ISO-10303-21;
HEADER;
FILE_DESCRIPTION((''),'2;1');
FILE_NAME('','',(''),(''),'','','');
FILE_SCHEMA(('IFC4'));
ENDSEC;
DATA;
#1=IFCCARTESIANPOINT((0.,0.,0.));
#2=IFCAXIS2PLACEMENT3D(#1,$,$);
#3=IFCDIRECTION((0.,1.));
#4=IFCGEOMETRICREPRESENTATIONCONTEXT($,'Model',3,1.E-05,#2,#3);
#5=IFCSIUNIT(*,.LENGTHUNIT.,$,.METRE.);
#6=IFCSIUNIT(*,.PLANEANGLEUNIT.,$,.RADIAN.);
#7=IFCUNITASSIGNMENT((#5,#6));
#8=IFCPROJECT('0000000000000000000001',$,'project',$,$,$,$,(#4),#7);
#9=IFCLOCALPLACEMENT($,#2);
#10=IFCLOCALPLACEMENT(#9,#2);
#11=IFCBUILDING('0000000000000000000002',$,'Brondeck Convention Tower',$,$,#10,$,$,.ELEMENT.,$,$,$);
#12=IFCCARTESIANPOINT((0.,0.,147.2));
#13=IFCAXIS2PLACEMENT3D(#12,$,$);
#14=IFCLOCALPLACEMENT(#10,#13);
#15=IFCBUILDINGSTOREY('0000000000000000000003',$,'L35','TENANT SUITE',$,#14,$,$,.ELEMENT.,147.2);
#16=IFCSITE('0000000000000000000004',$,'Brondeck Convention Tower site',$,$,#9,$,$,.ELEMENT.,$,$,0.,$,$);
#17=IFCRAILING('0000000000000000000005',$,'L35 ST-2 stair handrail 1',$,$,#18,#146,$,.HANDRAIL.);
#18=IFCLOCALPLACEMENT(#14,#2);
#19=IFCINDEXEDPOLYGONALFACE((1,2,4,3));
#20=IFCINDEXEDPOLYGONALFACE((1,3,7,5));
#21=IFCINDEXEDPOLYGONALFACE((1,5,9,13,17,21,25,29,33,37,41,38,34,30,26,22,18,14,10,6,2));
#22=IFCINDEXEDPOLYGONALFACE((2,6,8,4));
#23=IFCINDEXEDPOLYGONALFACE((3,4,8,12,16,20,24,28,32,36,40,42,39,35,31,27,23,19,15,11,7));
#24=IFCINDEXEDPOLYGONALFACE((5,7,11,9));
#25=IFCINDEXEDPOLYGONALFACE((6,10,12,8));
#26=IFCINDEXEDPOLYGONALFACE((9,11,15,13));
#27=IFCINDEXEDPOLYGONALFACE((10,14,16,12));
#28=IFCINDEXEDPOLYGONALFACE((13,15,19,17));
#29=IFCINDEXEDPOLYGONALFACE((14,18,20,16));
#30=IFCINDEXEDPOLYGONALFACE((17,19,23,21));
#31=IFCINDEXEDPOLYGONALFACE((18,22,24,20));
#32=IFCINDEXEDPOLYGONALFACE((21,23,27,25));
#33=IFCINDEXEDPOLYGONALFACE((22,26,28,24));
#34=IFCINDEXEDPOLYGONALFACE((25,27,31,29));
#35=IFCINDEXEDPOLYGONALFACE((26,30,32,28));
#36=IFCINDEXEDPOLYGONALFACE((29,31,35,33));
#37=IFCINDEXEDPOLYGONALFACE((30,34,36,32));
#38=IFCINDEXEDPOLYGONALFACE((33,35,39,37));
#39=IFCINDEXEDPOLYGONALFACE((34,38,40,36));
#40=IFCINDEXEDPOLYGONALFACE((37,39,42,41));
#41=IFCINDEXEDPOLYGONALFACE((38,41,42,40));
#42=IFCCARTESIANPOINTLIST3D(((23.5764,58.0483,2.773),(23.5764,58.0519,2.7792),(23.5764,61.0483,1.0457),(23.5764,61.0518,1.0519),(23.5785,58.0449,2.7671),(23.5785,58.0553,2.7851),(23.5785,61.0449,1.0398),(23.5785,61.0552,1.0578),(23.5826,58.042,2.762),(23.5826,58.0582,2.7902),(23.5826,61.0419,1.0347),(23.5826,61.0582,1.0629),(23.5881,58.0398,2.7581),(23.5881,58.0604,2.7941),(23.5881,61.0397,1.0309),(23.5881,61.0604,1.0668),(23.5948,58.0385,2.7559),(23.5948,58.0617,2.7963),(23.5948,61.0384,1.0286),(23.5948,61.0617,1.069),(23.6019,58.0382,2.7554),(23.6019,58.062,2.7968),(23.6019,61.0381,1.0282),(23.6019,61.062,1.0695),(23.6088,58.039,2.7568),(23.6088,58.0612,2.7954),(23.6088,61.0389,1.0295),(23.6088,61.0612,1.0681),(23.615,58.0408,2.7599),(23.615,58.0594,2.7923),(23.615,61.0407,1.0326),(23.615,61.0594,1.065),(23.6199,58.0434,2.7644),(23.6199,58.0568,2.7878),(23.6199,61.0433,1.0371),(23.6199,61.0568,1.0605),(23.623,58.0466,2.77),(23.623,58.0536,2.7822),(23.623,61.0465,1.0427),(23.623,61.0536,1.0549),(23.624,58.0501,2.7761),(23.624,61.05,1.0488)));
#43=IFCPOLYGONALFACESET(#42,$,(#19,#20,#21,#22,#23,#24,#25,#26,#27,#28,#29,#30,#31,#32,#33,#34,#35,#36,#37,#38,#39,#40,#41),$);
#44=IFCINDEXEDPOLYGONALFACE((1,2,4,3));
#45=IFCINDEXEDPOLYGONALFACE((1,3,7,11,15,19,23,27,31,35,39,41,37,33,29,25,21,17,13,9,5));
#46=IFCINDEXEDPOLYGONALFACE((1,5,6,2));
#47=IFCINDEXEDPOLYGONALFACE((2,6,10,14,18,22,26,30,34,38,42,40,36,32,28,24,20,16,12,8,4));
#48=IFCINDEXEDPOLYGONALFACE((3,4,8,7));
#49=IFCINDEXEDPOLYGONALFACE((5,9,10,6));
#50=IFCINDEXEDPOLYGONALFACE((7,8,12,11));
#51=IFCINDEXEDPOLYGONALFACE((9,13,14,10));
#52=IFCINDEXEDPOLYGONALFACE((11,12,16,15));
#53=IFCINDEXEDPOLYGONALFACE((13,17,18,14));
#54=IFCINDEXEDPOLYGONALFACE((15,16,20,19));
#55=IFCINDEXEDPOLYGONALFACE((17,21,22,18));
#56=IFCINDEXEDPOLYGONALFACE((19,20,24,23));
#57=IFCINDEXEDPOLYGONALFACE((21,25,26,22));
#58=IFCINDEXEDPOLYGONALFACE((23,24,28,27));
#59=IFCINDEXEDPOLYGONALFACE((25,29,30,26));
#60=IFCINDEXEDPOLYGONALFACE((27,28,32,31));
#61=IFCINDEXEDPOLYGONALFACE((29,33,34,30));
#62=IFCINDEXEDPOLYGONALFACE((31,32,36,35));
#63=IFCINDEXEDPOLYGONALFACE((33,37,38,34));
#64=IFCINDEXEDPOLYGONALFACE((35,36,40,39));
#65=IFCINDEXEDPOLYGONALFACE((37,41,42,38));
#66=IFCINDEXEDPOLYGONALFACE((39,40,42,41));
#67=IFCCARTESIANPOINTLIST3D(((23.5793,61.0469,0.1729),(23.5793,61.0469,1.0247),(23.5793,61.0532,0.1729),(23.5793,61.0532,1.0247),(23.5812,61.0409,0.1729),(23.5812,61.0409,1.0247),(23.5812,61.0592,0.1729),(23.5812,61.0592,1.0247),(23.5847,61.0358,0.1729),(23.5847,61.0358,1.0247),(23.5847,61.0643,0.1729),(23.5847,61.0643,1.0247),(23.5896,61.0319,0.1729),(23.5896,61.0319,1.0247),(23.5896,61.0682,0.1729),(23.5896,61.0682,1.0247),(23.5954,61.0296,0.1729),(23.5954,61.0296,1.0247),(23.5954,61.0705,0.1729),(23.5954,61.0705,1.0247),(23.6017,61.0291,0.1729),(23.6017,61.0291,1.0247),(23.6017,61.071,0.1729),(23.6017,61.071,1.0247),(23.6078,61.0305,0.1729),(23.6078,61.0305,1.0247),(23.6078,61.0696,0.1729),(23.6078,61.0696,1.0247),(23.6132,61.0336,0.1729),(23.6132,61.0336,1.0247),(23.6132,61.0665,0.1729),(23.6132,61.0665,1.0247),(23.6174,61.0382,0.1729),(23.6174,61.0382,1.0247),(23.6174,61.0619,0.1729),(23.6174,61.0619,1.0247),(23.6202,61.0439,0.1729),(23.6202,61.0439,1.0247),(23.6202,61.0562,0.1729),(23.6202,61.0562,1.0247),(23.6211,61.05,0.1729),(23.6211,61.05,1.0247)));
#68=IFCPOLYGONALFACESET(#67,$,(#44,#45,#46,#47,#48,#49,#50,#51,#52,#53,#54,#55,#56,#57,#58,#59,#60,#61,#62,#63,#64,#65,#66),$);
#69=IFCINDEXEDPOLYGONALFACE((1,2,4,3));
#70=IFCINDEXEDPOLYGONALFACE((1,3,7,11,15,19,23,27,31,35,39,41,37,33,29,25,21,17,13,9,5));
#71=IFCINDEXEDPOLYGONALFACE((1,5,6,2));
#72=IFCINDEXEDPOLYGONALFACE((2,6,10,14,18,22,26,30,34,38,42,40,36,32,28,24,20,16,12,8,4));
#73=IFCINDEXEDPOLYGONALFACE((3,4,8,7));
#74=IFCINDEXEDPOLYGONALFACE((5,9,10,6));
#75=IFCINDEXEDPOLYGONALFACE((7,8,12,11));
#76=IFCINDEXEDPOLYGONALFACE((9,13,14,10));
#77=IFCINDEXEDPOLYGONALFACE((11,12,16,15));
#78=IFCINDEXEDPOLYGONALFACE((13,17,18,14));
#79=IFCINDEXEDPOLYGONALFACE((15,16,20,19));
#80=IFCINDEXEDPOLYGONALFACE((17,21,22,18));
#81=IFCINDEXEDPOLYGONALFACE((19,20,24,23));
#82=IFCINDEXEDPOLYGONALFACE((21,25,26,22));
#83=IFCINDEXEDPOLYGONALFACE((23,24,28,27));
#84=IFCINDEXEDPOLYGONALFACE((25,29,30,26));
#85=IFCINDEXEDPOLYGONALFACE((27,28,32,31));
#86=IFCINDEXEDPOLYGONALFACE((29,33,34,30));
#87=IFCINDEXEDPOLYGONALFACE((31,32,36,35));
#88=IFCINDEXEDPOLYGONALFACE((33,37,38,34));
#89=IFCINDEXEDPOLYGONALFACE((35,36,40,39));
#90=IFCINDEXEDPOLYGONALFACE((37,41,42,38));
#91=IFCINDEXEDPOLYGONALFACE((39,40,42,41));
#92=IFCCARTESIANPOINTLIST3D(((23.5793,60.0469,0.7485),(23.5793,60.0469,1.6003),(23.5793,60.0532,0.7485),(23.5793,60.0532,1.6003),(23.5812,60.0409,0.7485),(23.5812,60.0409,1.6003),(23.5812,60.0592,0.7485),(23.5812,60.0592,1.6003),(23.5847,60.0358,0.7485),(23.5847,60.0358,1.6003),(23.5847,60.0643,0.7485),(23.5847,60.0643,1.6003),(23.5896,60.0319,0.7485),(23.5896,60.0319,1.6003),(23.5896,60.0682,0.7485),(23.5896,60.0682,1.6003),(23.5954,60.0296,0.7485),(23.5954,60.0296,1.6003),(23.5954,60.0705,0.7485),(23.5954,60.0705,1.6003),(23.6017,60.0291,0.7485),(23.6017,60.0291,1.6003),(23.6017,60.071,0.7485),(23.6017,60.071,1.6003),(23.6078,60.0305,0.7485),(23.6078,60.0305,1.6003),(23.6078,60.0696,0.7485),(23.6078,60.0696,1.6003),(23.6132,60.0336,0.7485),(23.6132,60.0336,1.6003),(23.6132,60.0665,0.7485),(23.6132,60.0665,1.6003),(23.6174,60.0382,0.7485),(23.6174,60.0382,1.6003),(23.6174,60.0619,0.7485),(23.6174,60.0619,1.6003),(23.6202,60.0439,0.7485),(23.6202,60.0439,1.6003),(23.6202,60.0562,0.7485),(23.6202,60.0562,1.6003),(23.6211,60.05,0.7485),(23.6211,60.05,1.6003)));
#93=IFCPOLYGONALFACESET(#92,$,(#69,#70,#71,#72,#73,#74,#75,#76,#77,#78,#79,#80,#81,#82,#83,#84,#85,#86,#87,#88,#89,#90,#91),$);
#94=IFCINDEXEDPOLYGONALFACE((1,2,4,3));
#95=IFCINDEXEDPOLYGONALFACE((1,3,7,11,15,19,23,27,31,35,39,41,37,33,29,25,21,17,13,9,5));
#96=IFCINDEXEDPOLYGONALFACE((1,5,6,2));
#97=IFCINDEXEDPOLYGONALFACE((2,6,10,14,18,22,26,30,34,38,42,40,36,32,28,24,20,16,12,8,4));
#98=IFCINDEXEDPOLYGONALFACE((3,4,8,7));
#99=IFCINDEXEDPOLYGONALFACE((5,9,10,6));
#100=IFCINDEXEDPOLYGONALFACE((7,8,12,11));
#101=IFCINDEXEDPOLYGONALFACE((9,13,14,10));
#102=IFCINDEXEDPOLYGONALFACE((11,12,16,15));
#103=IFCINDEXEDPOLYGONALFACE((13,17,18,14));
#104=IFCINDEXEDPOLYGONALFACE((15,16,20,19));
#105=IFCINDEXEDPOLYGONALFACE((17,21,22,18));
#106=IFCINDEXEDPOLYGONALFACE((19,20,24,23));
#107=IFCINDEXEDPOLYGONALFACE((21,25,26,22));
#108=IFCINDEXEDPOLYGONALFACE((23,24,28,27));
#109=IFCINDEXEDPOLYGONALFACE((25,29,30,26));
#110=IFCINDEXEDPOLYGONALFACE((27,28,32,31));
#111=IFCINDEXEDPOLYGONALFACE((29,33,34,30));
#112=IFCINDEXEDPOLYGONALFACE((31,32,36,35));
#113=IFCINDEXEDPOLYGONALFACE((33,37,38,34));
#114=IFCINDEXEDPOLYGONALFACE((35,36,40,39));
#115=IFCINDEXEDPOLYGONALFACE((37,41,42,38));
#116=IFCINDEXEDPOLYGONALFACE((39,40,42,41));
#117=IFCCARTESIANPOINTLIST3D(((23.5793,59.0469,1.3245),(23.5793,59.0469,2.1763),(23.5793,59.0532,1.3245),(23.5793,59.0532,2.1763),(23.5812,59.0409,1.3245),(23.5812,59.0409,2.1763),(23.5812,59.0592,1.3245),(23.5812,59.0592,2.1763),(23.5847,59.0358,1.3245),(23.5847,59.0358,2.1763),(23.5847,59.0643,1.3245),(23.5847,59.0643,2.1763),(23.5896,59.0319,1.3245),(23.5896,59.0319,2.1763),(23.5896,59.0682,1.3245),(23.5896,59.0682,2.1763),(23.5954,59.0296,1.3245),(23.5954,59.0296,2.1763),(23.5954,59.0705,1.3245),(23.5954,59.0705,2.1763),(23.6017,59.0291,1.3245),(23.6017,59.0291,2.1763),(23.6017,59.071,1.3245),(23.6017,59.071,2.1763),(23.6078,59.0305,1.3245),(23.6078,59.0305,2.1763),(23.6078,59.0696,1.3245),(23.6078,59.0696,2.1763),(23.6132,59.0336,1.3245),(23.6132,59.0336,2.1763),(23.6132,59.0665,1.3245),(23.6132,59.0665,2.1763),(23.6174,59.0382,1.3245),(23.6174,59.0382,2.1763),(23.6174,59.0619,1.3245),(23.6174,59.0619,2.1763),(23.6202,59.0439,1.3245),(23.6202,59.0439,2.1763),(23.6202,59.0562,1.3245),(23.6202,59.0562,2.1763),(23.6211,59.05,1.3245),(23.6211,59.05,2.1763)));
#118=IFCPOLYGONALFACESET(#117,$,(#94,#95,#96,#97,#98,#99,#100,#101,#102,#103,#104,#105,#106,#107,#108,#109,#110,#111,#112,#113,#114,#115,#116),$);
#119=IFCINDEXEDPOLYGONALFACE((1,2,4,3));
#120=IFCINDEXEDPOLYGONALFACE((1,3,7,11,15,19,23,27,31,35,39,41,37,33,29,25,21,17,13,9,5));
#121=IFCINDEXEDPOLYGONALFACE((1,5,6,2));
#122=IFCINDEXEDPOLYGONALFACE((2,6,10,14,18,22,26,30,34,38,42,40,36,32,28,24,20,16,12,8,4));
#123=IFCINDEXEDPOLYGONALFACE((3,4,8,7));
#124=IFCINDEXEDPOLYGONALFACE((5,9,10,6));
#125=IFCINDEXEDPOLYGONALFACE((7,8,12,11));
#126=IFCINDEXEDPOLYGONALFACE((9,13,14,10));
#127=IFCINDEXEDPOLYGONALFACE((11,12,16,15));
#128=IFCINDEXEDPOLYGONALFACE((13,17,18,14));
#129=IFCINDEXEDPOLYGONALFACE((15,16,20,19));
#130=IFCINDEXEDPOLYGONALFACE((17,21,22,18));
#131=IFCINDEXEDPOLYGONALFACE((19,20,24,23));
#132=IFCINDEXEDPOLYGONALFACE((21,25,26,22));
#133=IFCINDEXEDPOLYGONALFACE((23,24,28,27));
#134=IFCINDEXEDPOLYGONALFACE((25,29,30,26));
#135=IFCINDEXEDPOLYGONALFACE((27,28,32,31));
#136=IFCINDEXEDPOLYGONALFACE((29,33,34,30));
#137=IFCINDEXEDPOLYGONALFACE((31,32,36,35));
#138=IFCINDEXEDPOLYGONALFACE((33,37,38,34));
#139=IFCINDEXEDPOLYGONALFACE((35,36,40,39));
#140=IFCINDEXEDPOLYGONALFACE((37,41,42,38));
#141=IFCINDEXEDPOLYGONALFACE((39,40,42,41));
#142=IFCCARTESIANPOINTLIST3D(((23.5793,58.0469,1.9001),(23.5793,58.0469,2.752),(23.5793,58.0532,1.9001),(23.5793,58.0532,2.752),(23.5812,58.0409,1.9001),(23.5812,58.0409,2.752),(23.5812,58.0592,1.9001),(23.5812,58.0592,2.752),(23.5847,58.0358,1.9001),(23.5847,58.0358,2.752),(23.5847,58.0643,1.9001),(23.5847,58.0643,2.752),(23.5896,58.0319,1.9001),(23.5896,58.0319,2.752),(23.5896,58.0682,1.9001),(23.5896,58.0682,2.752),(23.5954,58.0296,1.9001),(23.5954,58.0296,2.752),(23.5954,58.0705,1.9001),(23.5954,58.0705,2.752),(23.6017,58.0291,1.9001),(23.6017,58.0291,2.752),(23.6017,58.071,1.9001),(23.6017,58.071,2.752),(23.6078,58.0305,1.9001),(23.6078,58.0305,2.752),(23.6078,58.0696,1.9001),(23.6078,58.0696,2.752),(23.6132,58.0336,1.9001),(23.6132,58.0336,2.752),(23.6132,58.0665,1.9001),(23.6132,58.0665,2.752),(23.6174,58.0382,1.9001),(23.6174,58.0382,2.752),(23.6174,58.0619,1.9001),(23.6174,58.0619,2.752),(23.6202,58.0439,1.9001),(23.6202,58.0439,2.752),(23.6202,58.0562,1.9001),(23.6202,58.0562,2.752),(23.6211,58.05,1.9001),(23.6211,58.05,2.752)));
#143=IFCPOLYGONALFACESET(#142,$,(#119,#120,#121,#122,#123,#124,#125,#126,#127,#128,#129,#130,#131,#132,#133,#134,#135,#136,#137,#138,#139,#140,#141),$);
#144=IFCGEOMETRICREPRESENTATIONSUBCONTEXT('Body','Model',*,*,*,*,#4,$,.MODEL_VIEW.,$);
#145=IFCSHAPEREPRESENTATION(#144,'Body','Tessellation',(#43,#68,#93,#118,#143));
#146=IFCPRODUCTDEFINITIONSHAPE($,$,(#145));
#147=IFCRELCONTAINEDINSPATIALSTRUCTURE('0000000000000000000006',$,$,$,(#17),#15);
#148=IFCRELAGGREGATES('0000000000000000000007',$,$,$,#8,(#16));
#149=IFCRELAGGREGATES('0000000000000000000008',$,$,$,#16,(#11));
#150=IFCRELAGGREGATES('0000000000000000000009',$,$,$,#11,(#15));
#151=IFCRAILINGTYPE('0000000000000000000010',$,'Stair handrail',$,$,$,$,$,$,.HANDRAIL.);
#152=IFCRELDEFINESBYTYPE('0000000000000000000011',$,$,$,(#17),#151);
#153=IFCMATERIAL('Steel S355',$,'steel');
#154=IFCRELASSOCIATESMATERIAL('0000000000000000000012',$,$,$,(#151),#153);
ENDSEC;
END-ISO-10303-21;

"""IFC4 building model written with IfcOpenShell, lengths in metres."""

from ifc_helpers import new_model, si_unit, direction, frame, origin, origin_2d, place, context, subcontext, project, spatial, circle, extrude, material, type_object, element, save


model = new_model("IFC4")

# Units and contexts
model_context = context("Model", 3, precision=1e-05, world=origin(), true_north=direction((0.0, 1.0)))
body_context = subcontext(model_context, "Body", "Model", "MODEL_VIEW")
ifc_project = project(units=[si_unit("LENGTHUNIT", "METRE"), si_unit("PLANEANGLEUNIT", "RADIAN")], contexts=[model_context])

# Site, building, storey
site_placement = place(None, origin())
site = spatial("IfcSite", under=ifc_project, at=site_placement, Name="Brondeck Convention Tower site", CompositionType="ELEMENT", RefElevation=0.0)
building_placement = place(site_placement, origin())
building = spatial("IfcBuilding", under=site, at=building_placement, Name="Brondeck Convention Tower", CompositionType="ELEMENT")
storey_placement = place(building_placement, frame((0.0, 0.0, 147.2)))
storey = spatial("IfcBuildingStorey", under=building, at=storey_placement, Name="L35", Description="TENANT SUITE", CompositionType="ELEMENT", Elevation=147.2)

# Railing
ifc_material_1 = material(Name="Steel S355", Category="steel")
railing_type_1 = type_object("IfcRailingType", Name="Stair handrail", PredefinedType="HANDRAIL", material=ifc_material_1)
railing_1_placement = place(storey_placement, frame((23.6001, 61.05, 0.1729)))
element("IfcRailing", 1, at=railing_1_placement, inside=storey, type_object=railing_type_1, Name="L35 ST-2 stair handrail 1", PredefinedType="HANDRAIL", context=body_context, shape_type="SweptSolid", body=[
    extrude(circle(Radius=0.0239, at=origin_2d()), frame((0.0, 0.0, 0.876), z_axis=(0.0, -0.86662, 0.498969), x_axis=(1.0, 0.0, 0.0)), (0.0, 0.0, 1.0), 3.4617),
    extrude(circle(Radius=0.021, at=origin_2d()), origin(), (0.0, 0.0, 1.0), 0.8518),
    extrude(circle(Radius=0.021, at=origin_2d()), frame((0.0, -1.0, 0.5757)), (0.0, 0.0, 1.0), 0.8518),
    extrude(circle(Radius=0.021, at=origin_2d()), frame((0.0, -2.0, 1.1516)), (0.0, 0.0, 1.0), 0.8518),
    extrude(circle(Radius=0.021, at=origin_2d()), frame((0.0, -3.0, 1.7273)), (0.0, 0.0, 1.0), 0.8518),
])

save(model, "model.ifc")
